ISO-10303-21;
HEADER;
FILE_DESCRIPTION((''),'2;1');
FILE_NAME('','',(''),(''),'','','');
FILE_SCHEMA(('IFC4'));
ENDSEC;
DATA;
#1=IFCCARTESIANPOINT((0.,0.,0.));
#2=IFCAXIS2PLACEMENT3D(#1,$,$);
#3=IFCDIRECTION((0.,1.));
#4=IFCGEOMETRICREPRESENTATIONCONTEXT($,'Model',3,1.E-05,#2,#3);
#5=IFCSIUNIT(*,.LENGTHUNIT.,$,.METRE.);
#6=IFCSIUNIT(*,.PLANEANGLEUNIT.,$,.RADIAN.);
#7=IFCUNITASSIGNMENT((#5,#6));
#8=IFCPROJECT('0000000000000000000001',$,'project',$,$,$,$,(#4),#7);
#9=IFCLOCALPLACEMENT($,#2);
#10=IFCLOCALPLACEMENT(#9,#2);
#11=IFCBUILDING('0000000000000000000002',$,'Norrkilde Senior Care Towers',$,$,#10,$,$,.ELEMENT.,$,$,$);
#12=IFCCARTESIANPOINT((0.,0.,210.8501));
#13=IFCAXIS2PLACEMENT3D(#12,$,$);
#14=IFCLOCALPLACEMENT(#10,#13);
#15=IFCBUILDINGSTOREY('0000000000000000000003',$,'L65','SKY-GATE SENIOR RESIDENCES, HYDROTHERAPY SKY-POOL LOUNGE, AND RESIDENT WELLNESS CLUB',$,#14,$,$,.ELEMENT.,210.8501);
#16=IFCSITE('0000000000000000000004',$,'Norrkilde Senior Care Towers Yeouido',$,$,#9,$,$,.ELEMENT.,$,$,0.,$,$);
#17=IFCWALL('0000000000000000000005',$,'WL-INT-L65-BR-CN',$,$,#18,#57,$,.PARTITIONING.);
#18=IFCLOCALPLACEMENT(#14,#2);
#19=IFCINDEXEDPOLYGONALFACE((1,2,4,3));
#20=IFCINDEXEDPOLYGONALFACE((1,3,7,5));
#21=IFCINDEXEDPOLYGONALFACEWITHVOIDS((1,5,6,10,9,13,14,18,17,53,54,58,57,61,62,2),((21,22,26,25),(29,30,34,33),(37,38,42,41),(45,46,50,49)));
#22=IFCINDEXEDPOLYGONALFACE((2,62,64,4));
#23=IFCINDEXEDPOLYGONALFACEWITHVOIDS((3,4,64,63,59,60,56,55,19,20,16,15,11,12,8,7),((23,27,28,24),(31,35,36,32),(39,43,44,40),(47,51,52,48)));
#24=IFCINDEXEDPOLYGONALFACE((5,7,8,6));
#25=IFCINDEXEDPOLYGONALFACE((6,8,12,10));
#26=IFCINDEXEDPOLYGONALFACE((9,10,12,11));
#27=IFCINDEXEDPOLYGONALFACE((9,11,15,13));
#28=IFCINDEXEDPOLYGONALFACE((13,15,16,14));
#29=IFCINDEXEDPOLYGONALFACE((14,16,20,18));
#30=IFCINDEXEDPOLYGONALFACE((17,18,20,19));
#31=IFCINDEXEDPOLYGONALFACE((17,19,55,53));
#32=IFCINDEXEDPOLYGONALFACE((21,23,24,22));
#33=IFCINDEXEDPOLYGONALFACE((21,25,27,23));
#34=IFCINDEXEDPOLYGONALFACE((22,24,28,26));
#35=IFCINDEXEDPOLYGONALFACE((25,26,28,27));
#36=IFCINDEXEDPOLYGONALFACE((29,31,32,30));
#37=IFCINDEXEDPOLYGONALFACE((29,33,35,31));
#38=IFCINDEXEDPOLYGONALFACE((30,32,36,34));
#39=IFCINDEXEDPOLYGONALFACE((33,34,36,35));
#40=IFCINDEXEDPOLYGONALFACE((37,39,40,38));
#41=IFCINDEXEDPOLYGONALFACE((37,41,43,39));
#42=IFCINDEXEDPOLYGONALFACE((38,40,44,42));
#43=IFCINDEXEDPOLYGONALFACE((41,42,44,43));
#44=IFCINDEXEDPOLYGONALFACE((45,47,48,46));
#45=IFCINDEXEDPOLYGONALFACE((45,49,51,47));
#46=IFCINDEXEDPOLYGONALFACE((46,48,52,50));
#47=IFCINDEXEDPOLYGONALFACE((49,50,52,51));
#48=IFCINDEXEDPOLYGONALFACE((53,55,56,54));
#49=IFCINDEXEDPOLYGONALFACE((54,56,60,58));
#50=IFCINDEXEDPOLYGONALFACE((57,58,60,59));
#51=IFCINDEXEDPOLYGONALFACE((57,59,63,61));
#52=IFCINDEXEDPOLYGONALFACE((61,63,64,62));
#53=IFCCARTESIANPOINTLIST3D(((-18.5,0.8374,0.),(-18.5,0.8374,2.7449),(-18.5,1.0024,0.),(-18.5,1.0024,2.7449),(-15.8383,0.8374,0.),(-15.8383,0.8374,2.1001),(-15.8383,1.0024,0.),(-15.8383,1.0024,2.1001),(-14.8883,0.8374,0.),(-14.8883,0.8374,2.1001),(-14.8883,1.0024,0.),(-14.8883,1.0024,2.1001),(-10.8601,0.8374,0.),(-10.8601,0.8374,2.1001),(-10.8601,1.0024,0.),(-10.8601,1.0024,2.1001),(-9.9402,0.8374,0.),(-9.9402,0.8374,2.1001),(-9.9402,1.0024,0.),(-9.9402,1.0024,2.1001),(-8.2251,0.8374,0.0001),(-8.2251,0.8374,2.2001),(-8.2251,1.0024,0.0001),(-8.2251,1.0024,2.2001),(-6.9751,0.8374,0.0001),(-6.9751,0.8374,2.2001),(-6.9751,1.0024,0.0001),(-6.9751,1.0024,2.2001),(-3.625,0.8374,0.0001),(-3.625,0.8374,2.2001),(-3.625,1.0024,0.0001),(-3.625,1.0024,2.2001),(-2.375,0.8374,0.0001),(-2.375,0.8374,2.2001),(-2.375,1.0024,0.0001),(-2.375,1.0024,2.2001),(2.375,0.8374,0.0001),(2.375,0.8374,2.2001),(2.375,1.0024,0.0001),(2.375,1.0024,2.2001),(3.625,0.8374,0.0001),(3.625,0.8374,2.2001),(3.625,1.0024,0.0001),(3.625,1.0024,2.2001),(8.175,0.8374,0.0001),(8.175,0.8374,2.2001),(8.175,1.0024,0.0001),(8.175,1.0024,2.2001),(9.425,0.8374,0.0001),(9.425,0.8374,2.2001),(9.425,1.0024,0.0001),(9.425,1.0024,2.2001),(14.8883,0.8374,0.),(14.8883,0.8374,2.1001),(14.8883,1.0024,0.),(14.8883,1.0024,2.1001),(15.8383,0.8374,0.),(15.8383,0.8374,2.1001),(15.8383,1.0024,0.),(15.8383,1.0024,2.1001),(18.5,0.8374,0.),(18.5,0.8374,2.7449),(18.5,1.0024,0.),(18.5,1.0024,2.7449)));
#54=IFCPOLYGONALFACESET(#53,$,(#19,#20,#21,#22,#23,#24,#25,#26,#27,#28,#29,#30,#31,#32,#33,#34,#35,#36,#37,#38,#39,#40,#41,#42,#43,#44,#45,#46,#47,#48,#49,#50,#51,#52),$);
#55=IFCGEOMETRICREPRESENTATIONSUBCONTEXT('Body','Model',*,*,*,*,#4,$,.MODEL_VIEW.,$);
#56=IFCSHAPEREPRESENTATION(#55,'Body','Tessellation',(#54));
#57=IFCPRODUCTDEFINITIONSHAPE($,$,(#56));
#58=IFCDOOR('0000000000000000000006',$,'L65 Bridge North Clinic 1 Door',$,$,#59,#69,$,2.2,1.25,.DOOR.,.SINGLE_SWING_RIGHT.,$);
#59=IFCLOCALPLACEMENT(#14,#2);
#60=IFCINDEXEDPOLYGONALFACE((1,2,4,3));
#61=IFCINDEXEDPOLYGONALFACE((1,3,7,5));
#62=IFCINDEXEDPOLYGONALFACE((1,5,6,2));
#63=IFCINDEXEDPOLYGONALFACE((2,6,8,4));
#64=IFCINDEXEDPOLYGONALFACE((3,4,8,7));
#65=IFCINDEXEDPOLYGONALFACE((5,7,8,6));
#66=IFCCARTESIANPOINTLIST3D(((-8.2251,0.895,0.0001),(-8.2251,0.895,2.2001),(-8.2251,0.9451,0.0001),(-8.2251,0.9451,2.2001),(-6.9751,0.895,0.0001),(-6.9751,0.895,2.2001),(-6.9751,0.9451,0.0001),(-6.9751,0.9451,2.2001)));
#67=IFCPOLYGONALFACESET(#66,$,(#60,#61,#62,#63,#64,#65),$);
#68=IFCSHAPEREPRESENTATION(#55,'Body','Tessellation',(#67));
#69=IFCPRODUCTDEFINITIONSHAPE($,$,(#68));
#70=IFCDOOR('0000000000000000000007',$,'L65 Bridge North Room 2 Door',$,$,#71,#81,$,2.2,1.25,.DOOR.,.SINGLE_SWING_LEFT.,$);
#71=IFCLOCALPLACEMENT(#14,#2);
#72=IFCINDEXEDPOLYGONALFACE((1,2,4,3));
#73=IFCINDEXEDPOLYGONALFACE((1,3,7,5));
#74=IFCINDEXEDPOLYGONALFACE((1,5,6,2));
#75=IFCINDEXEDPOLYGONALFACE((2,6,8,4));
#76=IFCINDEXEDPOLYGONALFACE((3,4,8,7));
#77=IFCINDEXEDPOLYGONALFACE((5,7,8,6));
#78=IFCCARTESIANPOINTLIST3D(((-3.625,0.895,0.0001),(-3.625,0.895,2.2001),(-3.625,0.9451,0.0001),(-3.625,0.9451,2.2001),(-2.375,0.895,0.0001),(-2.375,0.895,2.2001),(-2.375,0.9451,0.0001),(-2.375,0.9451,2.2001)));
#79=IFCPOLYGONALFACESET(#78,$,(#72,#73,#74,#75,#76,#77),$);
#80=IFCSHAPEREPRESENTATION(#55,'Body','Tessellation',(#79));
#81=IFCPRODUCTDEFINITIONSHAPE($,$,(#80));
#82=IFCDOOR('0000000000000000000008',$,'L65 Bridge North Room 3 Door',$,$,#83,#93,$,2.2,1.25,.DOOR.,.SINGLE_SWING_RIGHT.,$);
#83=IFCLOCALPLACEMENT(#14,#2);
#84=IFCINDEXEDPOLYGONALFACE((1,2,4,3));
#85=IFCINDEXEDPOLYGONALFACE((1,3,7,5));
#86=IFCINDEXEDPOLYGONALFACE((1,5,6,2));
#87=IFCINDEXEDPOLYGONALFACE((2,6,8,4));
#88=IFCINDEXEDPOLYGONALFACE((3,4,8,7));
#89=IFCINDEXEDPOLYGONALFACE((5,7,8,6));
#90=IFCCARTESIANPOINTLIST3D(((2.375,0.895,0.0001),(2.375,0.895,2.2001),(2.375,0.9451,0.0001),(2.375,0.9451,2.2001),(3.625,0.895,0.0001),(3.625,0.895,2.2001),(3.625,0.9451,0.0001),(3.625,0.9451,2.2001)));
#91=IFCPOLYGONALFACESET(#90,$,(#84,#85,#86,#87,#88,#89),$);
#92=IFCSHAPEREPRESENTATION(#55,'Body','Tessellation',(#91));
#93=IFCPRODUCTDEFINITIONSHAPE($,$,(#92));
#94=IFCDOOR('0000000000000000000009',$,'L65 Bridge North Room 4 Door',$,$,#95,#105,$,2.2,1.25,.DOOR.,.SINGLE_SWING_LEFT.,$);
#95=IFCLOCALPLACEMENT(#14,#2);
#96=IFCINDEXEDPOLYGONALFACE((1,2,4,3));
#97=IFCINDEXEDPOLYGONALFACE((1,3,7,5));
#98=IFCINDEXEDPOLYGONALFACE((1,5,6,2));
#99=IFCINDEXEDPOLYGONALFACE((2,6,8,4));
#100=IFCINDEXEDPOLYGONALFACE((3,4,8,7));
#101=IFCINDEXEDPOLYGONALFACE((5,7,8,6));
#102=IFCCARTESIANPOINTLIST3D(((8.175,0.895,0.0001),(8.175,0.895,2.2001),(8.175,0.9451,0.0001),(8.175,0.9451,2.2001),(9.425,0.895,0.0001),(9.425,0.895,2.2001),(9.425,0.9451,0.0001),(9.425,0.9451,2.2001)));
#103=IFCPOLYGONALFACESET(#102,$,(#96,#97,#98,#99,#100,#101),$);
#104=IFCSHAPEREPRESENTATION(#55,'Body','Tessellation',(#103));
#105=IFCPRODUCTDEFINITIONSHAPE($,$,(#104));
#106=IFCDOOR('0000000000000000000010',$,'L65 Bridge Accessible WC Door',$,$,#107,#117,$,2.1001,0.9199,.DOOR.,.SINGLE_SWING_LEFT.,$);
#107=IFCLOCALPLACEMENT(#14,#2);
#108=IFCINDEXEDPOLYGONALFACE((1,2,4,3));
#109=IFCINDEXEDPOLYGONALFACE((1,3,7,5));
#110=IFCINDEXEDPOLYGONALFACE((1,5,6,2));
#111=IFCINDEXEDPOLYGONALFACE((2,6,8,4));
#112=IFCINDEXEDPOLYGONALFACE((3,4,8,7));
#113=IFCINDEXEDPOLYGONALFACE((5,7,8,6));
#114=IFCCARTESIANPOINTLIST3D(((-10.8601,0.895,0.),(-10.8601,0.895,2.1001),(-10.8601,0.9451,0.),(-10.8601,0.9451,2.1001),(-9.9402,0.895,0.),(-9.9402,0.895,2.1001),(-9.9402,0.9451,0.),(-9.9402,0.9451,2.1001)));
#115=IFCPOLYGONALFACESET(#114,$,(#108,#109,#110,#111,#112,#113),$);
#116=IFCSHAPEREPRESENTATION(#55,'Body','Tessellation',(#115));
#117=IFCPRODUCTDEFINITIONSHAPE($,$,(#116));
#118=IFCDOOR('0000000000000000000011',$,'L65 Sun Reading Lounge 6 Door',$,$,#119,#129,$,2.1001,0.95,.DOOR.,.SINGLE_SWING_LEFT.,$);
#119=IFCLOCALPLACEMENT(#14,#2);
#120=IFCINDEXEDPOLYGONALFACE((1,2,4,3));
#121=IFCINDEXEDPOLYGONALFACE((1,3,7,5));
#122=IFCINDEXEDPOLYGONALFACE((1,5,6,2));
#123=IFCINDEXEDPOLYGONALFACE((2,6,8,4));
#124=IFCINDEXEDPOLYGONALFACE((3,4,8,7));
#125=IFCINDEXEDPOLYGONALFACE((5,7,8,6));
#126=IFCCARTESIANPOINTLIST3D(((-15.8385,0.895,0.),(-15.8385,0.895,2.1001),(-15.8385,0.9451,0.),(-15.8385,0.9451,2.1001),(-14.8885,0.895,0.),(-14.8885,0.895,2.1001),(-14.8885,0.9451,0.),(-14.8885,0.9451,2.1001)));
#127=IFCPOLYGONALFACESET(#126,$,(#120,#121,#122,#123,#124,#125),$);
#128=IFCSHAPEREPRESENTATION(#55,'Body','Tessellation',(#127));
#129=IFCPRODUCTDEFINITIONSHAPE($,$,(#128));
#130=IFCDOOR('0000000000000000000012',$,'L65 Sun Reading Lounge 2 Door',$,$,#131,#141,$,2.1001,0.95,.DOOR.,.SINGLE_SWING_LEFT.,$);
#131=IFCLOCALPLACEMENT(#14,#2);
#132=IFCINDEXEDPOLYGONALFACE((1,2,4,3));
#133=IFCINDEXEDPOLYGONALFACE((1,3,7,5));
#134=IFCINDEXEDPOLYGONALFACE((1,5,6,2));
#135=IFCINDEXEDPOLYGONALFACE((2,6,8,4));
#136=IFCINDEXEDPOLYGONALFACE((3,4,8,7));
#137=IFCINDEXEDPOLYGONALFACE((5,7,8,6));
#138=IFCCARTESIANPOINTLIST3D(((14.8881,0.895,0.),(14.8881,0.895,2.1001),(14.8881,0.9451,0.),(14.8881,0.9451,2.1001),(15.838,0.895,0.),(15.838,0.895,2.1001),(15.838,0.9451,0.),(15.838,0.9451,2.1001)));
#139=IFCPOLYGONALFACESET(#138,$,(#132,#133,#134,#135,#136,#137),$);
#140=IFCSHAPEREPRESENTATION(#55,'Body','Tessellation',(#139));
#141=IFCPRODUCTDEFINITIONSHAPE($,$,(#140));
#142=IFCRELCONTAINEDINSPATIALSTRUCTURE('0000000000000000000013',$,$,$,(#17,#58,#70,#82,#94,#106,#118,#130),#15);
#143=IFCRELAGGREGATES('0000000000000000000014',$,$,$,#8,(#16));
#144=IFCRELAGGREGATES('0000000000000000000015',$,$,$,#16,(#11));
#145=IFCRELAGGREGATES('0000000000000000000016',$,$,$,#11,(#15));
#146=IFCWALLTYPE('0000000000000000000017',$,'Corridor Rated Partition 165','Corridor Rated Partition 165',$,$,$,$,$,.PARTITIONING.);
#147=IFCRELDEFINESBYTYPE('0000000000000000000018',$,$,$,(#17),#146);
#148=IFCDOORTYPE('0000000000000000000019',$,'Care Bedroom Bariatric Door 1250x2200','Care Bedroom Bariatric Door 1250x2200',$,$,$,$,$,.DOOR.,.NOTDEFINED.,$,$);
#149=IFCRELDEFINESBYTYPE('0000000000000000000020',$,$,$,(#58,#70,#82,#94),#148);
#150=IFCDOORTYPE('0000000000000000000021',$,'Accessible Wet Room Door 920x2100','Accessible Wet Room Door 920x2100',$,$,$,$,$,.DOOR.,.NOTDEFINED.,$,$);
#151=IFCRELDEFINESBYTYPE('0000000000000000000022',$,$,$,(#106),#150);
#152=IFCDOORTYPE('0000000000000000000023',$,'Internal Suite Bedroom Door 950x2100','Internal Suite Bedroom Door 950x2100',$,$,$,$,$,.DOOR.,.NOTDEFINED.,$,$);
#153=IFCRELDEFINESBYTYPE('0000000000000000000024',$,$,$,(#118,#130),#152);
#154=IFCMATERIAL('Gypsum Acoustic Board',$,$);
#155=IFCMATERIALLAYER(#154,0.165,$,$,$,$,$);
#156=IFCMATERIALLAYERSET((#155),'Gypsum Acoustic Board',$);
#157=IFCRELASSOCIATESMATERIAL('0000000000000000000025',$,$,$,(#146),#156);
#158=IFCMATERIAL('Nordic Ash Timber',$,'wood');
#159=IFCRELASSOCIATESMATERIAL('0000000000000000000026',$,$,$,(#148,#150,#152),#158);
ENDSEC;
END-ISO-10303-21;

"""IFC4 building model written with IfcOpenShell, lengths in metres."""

from ifc_helpers import new_model, si_unit, direction, frame, frame_2d, origin, place, context, subcontext, project, spatial, rectangle, extrude, source, transform, mapped, material, layer, layer_set, type_object, type_shapes, element, fill, save


model = new_model("IFC4")

# Units and contexts
model_context = context("Model", 3, precision=1e-05, world=origin(), true_north=direction((0.0, 1.0)))
body_context = subcontext(model_context, "Body", "Model", "MODEL_VIEW")
ifc_project = project(units=[si_unit("LENGTHUNIT", "METRE"), si_unit("PLANEANGLEUNIT", "RADIAN")], contexts=[model_context])

# Site, building, storey
site_placement = place(None, origin())
site = spatial("IfcSite", under=ifc_project, at=site_placement, Name="Norrkilde Senior Care Towers Yeouido", CompositionType="ELEMENT", RefElevation=0.0)
building_placement = place(site_placement, origin())
building = spatial("IfcBuilding", under=site, at=building_placement, Name="Norrkilde Senior Care Towers", CompositionType="ELEMENT")
storey_placement = place(building_placement, frame((0.0, 0.0, 210.8501)))
storey = spatial("IfcBuildingStorey", under=building, at=storey_placement, Name="L65", Description="SKY-GATE SENIOR RESIDENCES, HYDROTHERAPY SKY-POOL LOUNGE, AND RESIDENT WELLNESS CLUB", CompositionType="ELEMENT", Elevation=210.8501)

# Shared definitions
ifc_material_1 = material(Name="Gypsum Acoustic Board")
ifc_layer_1 = layer(ifc_material_1, 0.165)
ifc_layer_set_1 = layer_set([ifc_layer_1], Name="Gypsum Acoustic Board")
wall_type_1 = type_object("IfcWallType", Name="Corridor Rated Partition 165", Description="Corridor Rated Partition 165", PredefinedType="PARTITIONING", material=ifc_layer_set_1)

# Shared definitions
ifc_material_2 = material(Name="Nordic Ash Timber", Category="wood")
door_type_1 = type_object("IfcDoorType", Name="Care Bedroom Bariatric Door 1250x2200", Description="Care Bedroom Bariatric Door 1250x2200", OperationType="NOTDEFINED", PredefinedType="DOOR", material=ifc_material_2)
shared_shape_1 = source(origin(), body_context, "Body", "SweptSolid", [
    extrude(rectangle(XDim=1.25, YDim=2.2, at=frame_2d((0.625, 1.1001))), frame((0.0, 0.0249, 0.0), z_axis=(0.0, -1.0, 0.0), x_axis=(1.0, 0.0, 0.0)), (0.0, 0.0, 1.0), 0.05),
])
type_shapes(door_type_1, [shared_shape_1])

# Shared definitions
door_type_2 = type_object("IfcDoorType", Name="Accessible Wet Room Door 920x2100", Description="Accessible Wet Room Door 920x2100", OperationType="NOTDEFINED", PredefinedType="DOOR", material=ifc_material_2)
shared_shape_2 = source(origin(), body_context, "Body", "SweptSolid", [
    extrude(rectangle(XDim=0.9199, YDim=2.1001, at=frame_2d((0.46, 1.05))), frame((0.0, 0.0249, 0.0), z_axis=(0.0, -1.0, 0.0), x_axis=(1.0, 0.0, 0.0)), (0.0, 0.0, 1.0), 0.05),
])
type_shapes(door_type_2, [shared_shape_2])

# Wall, openings, doors
shared_shape_3 = source(origin(), body_context, "Body", "SweptSolid", [
    extrude(rectangle(XDim=37.0, YDim=0.165, at=frame_2d((18.5, 0.0))), origin(), (0.0, 0.0, 1.0), 2.7449),
])
wall_1_placement = place(storey_placement, frame((-18.5, 0.9199, 0.0), z_axis=(0.0, 0.0, 1.0), x_axis=(1.0, 0.0, 0.0)))
wall_1 = element("IfcWall", 1, at=wall_1_placement, inside=storey, type_object=wall_type_1, Name="WL-INT-L65-BR-CN", PredefinedType="PARTITIONING", context=body_context, shape_type="MappedRepresentation", body=[
    mapped(shared_shape_3, transform((0.0, 0.0, 0.0), x_axis=(1.0, 0.0, 0.0), y_axis=(0.0, 1.0, 0.0), z_axis=(0.0, 0.0, 1.0), scale=1.0)),
])
opening_1_placement = place(wall_1_placement, frame((2.6616, 0.0, 0.0)))
opening_1 = element("IfcOpeningElement", 2, at=opening_1_placement, cuts=wall_1, PredefinedType="OPENING", context=body_context, shape_type="SweptSolid", body=[
    extrude(rectangle(XDim=0.95, YDim=2.1001, at=frame_2d((0.4751, 1.05))), frame((0.0, 0.0925, 0.0), z_axis=(0.0, -1.0, 0.0), x_axis=(1.0, 0.0, 0.0)), (0.0, 0.0, 1.0), 0.1851),
])
opening_2_placement = place(wall_1_placement, frame((33.3882, 0.0, 0.0)))
opening_2 = element("IfcOpeningElement", 3, at=opening_2_placement, cuts=wall_1, PredefinedType="OPENING", context=body_context, shape_type="SweptSolid", body=[
    extrude(rectangle(XDim=0.95, YDim=2.1001, at=frame_2d((0.4751, 1.05))), frame((0.0, 0.0925, 0.0), z_axis=(0.0, -1.0, 0.0), x_axis=(1.0, 0.0, 0.0)), (0.0, 0.0, 1.0), 0.1851),
])
opening_3_placement = place(wall_1_placement, frame((7.6399, 0.0, 0.0)))
opening_3 = element("IfcOpeningElement", 4, at=opening_3_placement, cuts=wall_1, PredefinedType="OPENING", context=body_context, shape_type="SweptSolid", body=[
    extrude(rectangle(XDim=0.9199, YDim=2.1001, at=frame_2d((0.46, 1.05))), frame((0.0, 0.0925, 0.0), z_axis=(0.0, -1.0, 0.0), x_axis=(1.0, 0.0, 0.0)), (0.0, 0.0, 1.0), 0.1851),
])
opening_4_placement = place(wall_1_placement, frame((10.2749, 0.0, 0.0)))
opening_4 = element("IfcOpeningElement", 5, at=opening_4_placement, cuts=wall_1, PredefinedType="OPENING", context=body_context, shape_type="SweptSolid", body=[
    extrude(rectangle(XDim=1.25, YDim=2.2, at=frame_2d((0.625, 1.1001))), frame((0.0, 0.0925, 0.0), z_axis=(0.0, -1.0, 0.0), x_axis=(1.0, 0.0, 0.0)), (0.0, 0.0, 1.0), 0.1851),
])
opening_5_placement = place(wall_1_placement, frame((14.875, 0.0, 0.0)))
opening_5 = element("IfcOpeningElement", 6, at=opening_5_placement, cuts=wall_1, PredefinedType="OPENING", context=body_context, shape_type="SweptSolid", body=[
    extrude(rectangle(XDim=1.25, YDim=2.2, at=frame_2d((0.625, 1.1001))), frame((0.0, 0.0925, 0.0), z_axis=(0.0, -1.0, 0.0), x_axis=(1.0, 0.0, 0.0)), (0.0, 0.0, 1.0), 0.1851),
])
opening_6_placement = place(wall_1_placement, frame((20.875, 0.0, 0.0)))
opening_6 = element("IfcOpeningElement", 7, at=opening_6_placement, cuts=wall_1, PredefinedType="OPENING", context=body_context, shape_type="SweptSolid", body=[
    extrude(rectangle(XDim=1.25, YDim=2.2, at=frame_2d((0.625, 1.1001))), frame((0.0, 0.0925, 0.0), z_axis=(0.0, -1.0, 0.0), x_axis=(1.0, 0.0, 0.0)), (0.0, 0.0, 1.0), 0.1851),
])
opening_7_placement = place(wall_1_placement, frame((26.675, 0.0, 0.0)))
opening_7 = element("IfcOpeningElement", 8, at=opening_7_placement, cuts=wall_1, PredefinedType="OPENING", context=body_context, shape_type="SweptSolid", body=[
    extrude(rectangle(XDim=1.25, YDim=2.2, at=frame_2d((0.625, 1.1001))), frame((0.0, 0.0925, 0.0), z_axis=(0.0, -1.0, 0.0), x_axis=(1.0, 0.0, 0.0)), (0.0, 0.0, 1.0), 0.1851),
])
door_1_placement = place(opening_4_placement, frame((1.25, 0.0, 0.0), z_axis=(0.0, 0.0, 1.0), x_axis=(-1.0, 0.0, 0.0)))
door_1 = element("IfcDoor", 9, at=door_1_placement, inside=storey, type_object=door_type_1, Name="L65 Bridge North Clinic 1 Door", OperationType="SINGLE_SWING_RIGHT", OverallHeight=2.2, OverallWidth=1.25, PredefinedType="DOOR", context=body_context, shape_type="MappedRepresentation", body=[
    mapped(shared_shape_1, transform((0.0, 0.0, 0.0), x_axis=(1.0, 0.0, 0.0), y_axis=(0.0, 1.0, 0.0), z_axis=(0.0, 0.0, 1.0), scale=1.0)),
])
fill(opening_4, door_1)
door_2_placement = place(opening_5_placement, frame((1.25, 0.0, 0.0), z_axis=(0.0, 0.0, 1.0), x_axis=(-1.0, 0.0, 0.0)))
door_2 = element("IfcDoor", 10, at=door_2_placement, inside=storey, type_object=door_type_1, Name="L65 Bridge North Room 2 Door", OperationType="SINGLE_SWING_LEFT", OverallHeight=2.2, OverallWidth=1.25, PredefinedType="DOOR", context=body_context, shape_type="MappedRepresentation", body=[
    mapped(shared_shape_1, transform((0.0, 0.0, 0.0), x_axis=(1.0, 0.0, 0.0), y_axis=(0.0, 1.0, 0.0), z_axis=(0.0, 0.0, 1.0), scale=1.0)),
])
fill(opening_5, door_2)
door_3_placement = place(opening_6_placement, frame((1.25, 0.0, 0.0), z_axis=(0.0, 0.0, 1.0), x_axis=(-1.0, 0.0, 0.0)))
door_3 = element("IfcDoor", 11, at=door_3_placement, inside=storey, type_object=door_type_1, Name="L65 Bridge North Room 3 Door", OperationType="SINGLE_SWING_RIGHT", OverallHeight=2.2, OverallWidth=1.25, PredefinedType="DOOR", context=body_context, shape_type="MappedRepresentation", body=[
    mapped(shared_shape_1, transform((0.0, 0.0, 0.0), x_axis=(1.0, 0.0, 0.0), y_axis=(0.0, 1.0, 0.0), z_axis=(0.0, 0.0, 1.0), scale=1.0)),
])
fill(opening_6, door_3)
door_4_placement = place(opening_7_placement, frame((1.25, 0.0, 0.0), z_axis=(0.0, 0.0, 1.0), x_axis=(-1.0, 0.0, 0.0)))
door_4 = element("IfcDoor", 12, at=door_4_placement, inside=storey, type_object=door_type_1, Name="L65 Bridge North Room 4 Door", OperationType="SINGLE_SWING_LEFT", OverallHeight=2.2, OverallWidth=1.25, PredefinedType="DOOR", context=body_context, shape_type="MappedRepresentation", body=[
    mapped(shared_shape_1, transform((0.0, 0.0, 0.0), x_axis=(1.0, 0.0, 0.0), y_axis=(0.0, 1.0, 0.0), z_axis=(0.0, 0.0, 1.0), scale=1.0)),
])
fill(opening_7, door_4)
door_5_placement = place(opening_3_placement, frame((0.9199, 0.0, 0.0), z_axis=(0.0, 0.0, 1.0), x_axis=(-1.0, 0.0, 0.0)))
door_5 = element("IfcDoor", 13, at=door_5_placement, inside=storey, type_object=door_type_2, Name="L65 Bridge Accessible WC Door", OperationType="SINGLE_SWING_LEFT", OverallHeight=2.1001, OverallWidth=0.9199, PredefinedType="DOOR", context=body_context, shape_type="MappedRepresentation", body=[
    mapped(shared_shape_2, transform((0.0, 0.0, 0.0), x_axis=(1.0, 0.0, 0.0), y_axis=(0.0, 1.0, 0.0), z_axis=(0.0, 0.0, 1.0), scale=1.0)),
])
fill(opening_3, door_5)
door_type_3 = type_object("IfcDoorType", Name="Internal Suite Bedroom Door 950x2100", Description="Internal Suite Bedroom Door 950x2100", OperationType="NOTDEFINED", PredefinedType="DOOR", material=ifc_material_2)
shared_shape_4 = source(origin(), body_context, "Body", "SweptSolid", [
    extrude(rectangle(XDim=0.95, YDim=2.1001, at=frame_2d((0.4751, 1.05))), frame((0.0, 0.0249, 0.0), z_axis=(0.0, -1.0, 0.0), x_axis=(1.0, 0.0, 0.0)), (0.0, 0.0, 1.0), 0.05),
])
type_shapes(door_type_3, [shared_shape_4])
door_6_placement = place(opening_1_placement, frame((0.95, 0.0, 0.0), z_axis=(0.0, 0.0, 1.0), x_axis=(-1.0, 0.0, 0.0)))
door_6 = element("IfcDoor", 14, at=door_6_placement, inside=storey, type_object=door_type_3, Name="L65 Sun Reading Lounge 6 Door", OperationType="SINGLE_SWING_LEFT", OverallHeight=2.1001, OverallWidth=0.95, PredefinedType="DOOR", context=body_context, shape_type="MappedRepresentation", body=[
    mapped(shared_shape_4, transform((0.0, 0.0, 0.0), x_axis=(1.0, 0.0, 0.0), y_axis=(0.0, 1.0, 0.0), z_axis=(0.0, 0.0, 1.0), scale=1.0)),
])
fill(opening_1, door_6)
door_7_placement = place(opening_2_placement, frame((0.95, 0.0, 0.0), z_axis=(0.0, 0.0, 1.0), x_axis=(-1.0, 0.0, 0.0)))
door_7 = element("IfcDoor", 15, at=door_7_placement, inside=storey, type_object=door_type_3, Name="L65 Sun Reading Lounge 2 Door", OperationType="SINGLE_SWING_LEFT", OverallHeight=2.1001, OverallWidth=0.95, PredefinedType="DOOR", context=body_context, shape_type="MappedRepresentation", body=[
    mapped(shared_shape_4, transform((0.0, 0.0, 0.0), x_axis=(1.0, 0.0, 0.0), y_axis=(0.0, 1.0, 0.0), z_axis=(0.0, 0.0, 1.0), scale=1.0)),
])
fill(opening_2, door_7)

save(model, "model.ifc")
